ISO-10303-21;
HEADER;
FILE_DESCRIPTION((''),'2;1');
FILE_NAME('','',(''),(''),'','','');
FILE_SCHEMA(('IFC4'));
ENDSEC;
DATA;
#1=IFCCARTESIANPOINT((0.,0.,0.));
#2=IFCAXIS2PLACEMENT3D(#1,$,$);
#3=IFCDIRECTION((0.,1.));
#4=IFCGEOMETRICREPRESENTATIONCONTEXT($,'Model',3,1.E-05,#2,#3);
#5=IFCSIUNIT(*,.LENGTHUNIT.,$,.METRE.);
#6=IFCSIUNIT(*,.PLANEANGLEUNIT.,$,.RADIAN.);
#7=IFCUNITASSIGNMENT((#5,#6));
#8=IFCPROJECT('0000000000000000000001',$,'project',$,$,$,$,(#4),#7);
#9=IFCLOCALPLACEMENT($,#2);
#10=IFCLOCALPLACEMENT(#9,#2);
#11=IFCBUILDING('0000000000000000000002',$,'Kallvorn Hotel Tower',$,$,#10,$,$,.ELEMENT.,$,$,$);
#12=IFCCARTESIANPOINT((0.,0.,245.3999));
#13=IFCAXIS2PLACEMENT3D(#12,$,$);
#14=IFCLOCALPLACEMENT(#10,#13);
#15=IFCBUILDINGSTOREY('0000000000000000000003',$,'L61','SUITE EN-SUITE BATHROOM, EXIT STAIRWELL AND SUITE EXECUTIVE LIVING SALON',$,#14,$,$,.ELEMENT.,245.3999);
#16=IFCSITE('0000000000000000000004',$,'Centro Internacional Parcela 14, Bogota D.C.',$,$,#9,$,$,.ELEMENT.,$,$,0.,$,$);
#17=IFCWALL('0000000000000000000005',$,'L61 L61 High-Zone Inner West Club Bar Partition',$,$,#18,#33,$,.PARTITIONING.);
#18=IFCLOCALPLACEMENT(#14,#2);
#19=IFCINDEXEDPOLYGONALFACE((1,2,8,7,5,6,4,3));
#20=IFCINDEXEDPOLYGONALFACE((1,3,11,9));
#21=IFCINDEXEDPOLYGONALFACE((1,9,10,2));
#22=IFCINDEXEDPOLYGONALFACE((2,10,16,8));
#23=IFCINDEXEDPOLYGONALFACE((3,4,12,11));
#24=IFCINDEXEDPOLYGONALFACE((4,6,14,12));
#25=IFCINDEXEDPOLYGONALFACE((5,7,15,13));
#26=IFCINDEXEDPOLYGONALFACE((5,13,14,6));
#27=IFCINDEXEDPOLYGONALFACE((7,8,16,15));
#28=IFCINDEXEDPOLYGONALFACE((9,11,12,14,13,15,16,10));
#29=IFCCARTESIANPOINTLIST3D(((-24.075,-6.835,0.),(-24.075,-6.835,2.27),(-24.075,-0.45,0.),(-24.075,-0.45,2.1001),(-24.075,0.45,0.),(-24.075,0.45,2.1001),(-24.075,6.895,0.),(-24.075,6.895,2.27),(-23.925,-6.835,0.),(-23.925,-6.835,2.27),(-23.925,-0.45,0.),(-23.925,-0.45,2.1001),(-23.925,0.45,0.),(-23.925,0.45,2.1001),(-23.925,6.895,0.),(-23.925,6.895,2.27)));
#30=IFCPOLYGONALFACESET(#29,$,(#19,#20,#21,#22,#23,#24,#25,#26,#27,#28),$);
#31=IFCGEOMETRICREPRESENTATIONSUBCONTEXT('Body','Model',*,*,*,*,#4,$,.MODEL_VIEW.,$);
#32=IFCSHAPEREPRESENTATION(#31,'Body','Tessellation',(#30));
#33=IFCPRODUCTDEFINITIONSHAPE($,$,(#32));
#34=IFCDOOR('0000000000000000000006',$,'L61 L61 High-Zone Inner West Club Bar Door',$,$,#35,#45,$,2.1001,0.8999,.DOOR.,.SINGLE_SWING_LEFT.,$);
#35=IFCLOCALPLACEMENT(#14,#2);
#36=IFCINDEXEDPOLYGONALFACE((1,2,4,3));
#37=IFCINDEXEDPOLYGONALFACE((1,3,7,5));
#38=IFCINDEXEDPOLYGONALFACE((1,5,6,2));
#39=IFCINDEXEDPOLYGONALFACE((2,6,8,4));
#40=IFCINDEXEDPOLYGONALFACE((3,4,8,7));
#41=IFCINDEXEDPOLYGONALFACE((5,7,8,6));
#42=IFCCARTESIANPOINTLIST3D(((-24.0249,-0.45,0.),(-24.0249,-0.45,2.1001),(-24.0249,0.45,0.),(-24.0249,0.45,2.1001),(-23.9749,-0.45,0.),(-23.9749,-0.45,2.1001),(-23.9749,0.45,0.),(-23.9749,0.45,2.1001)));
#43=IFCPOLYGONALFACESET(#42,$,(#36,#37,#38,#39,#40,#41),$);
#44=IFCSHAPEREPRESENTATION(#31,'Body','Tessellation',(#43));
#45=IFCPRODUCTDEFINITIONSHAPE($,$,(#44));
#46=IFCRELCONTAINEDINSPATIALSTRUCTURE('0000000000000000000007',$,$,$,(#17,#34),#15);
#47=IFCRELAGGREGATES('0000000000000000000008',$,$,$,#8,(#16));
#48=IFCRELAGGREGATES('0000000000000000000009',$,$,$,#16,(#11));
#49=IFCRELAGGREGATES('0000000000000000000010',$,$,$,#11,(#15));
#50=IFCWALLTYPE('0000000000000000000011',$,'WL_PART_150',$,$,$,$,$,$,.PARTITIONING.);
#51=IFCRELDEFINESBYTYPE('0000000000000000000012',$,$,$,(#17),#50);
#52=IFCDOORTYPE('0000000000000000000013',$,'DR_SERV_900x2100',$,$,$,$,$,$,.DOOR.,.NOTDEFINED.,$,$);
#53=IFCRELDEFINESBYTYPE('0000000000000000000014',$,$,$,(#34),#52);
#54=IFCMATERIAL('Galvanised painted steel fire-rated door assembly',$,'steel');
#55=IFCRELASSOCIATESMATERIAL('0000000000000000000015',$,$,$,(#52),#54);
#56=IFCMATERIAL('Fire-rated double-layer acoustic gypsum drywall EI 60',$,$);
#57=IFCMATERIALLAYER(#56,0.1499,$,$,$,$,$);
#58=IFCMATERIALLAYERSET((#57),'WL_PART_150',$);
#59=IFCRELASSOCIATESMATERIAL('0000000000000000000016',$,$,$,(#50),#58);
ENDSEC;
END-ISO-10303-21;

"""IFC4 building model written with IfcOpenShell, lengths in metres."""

from ifc_helpers import new_model, si_unit, direction, frame, frame_2d, origin, place, context, subcontext, project, spatial, rectangle, extrude, material, layer, layer_set, type_object, element, fill, save


model = new_model("IFC4")

# Units and contexts
model_context = context("Model", 3, precision=1e-05, world=origin(), true_north=direction((0.0, 1.0)))
body_context = subcontext(model_context, "Body", "Model", "MODEL_VIEW")
ifc_project = project(units=[si_unit("LENGTHUNIT", "METRE"), si_unit("PLANEANGLEUNIT", "RADIAN")], contexts=[model_context])

# Site, building, storey
site_placement = place(None, origin())
site = spatial("IfcSite", under=ifc_project, at=site_placement, Name="Centro Internacional Parcela 14, Bogota D.C.", CompositionType="ELEMENT", RefElevation=0.0)
building_placement = place(site_placement, origin())
building = spatial("IfcBuilding", under=site, at=building_placement, Name="Kallvorn Hotel Tower", CompositionType="ELEMENT")
storey_placement = place(building_placement, frame((0.0, 0.0, 245.3999)))
storey = spatial("IfcBuildingStorey", under=building, at=storey_placement, Name="L61", Description="SUITE EN-SUITE BATHROOM, EXIT STAIRWELL AND SUITE EXECUTIVE LIVING SALON", CompositionType="ELEMENT", Elevation=245.3999)

# Shared definitions
ifc_material_1 = material(Name="Galvanised painted steel fire-rated door assembly", Category="steel")
door_type_1 = type_object("IfcDoorType", Name="DR_SERV_900x2100", OperationType="NOTDEFINED", PredefinedType="DOOR", material=ifc_material_1)

# Shared definitions
ifc_material_2 = material(Name="Fire-rated double-layer acoustic gypsum drywall EI 60")
ifc_layer_1 = layer(ifc_material_2, 0.1499)
ifc_layer_set_1 = layer_set([ifc_layer_1], Name="WL_PART_150")
wall_type_1 = type_object("IfcWallType", Name="WL_PART_150", PredefinedType="PARTITIONING", material=ifc_layer_set_1)

# Wall, opening, door
wall_1_placement = place(storey_placement, frame((-24.0, -6.835, 0.0), z_axis=(0.0, 0.0, 1.0), x_axis=(0.0, 1.0, 0.0)))
wall_1 = element("IfcWall", 1, at=wall_1_placement, inside=storey, type_object=wall_type_1, Name="L61 L61 High-Zone Inner West Club Bar Partition", PredefinedType="PARTITIONING", context=body_context, shape_type="SweptSolid", body=[
    extrude(rectangle(XDim=13.73, YDim=0.1499, at=frame_2d((6.865, 0.0))), origin(), (0.0, 0.0, 1.0), 2.27),
])
opening_1_placement = place(wall_1_placement, frame((6.385, 0.0, 0.0)))
opening_1 = element("IfcOpeningElement", 2, at=opening_1_placement, cuts=wall_1, PredefinedType="OPENING", context=body_context, shape_type="SweptSolid", body=[
    extrude(rectangle(XDim=0.8999, YDim=2.1001, at=frame_2d((0.45, 1.05))), frame((0.0, 0.0898, 0.0), z_axis=(0.0, -1.0, 0.0), x_axis=(1.0, 0.0, 0.0)), (0.0, 0.0, 1.0), 0.1799),
])
door_1_placement = place(opening_1_placement, origin())
door_1 = element("IfcDoor", 3, at=door_1_placement, inside=storey, type_object=door_type_1, Name="L61 L61 High-Zone Inner West Club Bar Door", OperationType="SINGLE_SWING_LEFT", OverallHeight=2.1001, OverallWidth=0.8999, PredefinedType="DOOR", context=body_context, shape_type="SweptSolid", body=[
    extrude(rectangle(XDim=0.8999, YDim=2.1001, at=frame_2d((0.45, 1.05))), frame((0.0, 0.0249, 0.0), z_axis=(0.0, -1.0, 0.0), x_axis=(1.0, 0.0, 0.0)), (0.0, 0.0, 1.0), 0.05),
])
fill(opening_1, door_1)

save(model, "model.ifc")
